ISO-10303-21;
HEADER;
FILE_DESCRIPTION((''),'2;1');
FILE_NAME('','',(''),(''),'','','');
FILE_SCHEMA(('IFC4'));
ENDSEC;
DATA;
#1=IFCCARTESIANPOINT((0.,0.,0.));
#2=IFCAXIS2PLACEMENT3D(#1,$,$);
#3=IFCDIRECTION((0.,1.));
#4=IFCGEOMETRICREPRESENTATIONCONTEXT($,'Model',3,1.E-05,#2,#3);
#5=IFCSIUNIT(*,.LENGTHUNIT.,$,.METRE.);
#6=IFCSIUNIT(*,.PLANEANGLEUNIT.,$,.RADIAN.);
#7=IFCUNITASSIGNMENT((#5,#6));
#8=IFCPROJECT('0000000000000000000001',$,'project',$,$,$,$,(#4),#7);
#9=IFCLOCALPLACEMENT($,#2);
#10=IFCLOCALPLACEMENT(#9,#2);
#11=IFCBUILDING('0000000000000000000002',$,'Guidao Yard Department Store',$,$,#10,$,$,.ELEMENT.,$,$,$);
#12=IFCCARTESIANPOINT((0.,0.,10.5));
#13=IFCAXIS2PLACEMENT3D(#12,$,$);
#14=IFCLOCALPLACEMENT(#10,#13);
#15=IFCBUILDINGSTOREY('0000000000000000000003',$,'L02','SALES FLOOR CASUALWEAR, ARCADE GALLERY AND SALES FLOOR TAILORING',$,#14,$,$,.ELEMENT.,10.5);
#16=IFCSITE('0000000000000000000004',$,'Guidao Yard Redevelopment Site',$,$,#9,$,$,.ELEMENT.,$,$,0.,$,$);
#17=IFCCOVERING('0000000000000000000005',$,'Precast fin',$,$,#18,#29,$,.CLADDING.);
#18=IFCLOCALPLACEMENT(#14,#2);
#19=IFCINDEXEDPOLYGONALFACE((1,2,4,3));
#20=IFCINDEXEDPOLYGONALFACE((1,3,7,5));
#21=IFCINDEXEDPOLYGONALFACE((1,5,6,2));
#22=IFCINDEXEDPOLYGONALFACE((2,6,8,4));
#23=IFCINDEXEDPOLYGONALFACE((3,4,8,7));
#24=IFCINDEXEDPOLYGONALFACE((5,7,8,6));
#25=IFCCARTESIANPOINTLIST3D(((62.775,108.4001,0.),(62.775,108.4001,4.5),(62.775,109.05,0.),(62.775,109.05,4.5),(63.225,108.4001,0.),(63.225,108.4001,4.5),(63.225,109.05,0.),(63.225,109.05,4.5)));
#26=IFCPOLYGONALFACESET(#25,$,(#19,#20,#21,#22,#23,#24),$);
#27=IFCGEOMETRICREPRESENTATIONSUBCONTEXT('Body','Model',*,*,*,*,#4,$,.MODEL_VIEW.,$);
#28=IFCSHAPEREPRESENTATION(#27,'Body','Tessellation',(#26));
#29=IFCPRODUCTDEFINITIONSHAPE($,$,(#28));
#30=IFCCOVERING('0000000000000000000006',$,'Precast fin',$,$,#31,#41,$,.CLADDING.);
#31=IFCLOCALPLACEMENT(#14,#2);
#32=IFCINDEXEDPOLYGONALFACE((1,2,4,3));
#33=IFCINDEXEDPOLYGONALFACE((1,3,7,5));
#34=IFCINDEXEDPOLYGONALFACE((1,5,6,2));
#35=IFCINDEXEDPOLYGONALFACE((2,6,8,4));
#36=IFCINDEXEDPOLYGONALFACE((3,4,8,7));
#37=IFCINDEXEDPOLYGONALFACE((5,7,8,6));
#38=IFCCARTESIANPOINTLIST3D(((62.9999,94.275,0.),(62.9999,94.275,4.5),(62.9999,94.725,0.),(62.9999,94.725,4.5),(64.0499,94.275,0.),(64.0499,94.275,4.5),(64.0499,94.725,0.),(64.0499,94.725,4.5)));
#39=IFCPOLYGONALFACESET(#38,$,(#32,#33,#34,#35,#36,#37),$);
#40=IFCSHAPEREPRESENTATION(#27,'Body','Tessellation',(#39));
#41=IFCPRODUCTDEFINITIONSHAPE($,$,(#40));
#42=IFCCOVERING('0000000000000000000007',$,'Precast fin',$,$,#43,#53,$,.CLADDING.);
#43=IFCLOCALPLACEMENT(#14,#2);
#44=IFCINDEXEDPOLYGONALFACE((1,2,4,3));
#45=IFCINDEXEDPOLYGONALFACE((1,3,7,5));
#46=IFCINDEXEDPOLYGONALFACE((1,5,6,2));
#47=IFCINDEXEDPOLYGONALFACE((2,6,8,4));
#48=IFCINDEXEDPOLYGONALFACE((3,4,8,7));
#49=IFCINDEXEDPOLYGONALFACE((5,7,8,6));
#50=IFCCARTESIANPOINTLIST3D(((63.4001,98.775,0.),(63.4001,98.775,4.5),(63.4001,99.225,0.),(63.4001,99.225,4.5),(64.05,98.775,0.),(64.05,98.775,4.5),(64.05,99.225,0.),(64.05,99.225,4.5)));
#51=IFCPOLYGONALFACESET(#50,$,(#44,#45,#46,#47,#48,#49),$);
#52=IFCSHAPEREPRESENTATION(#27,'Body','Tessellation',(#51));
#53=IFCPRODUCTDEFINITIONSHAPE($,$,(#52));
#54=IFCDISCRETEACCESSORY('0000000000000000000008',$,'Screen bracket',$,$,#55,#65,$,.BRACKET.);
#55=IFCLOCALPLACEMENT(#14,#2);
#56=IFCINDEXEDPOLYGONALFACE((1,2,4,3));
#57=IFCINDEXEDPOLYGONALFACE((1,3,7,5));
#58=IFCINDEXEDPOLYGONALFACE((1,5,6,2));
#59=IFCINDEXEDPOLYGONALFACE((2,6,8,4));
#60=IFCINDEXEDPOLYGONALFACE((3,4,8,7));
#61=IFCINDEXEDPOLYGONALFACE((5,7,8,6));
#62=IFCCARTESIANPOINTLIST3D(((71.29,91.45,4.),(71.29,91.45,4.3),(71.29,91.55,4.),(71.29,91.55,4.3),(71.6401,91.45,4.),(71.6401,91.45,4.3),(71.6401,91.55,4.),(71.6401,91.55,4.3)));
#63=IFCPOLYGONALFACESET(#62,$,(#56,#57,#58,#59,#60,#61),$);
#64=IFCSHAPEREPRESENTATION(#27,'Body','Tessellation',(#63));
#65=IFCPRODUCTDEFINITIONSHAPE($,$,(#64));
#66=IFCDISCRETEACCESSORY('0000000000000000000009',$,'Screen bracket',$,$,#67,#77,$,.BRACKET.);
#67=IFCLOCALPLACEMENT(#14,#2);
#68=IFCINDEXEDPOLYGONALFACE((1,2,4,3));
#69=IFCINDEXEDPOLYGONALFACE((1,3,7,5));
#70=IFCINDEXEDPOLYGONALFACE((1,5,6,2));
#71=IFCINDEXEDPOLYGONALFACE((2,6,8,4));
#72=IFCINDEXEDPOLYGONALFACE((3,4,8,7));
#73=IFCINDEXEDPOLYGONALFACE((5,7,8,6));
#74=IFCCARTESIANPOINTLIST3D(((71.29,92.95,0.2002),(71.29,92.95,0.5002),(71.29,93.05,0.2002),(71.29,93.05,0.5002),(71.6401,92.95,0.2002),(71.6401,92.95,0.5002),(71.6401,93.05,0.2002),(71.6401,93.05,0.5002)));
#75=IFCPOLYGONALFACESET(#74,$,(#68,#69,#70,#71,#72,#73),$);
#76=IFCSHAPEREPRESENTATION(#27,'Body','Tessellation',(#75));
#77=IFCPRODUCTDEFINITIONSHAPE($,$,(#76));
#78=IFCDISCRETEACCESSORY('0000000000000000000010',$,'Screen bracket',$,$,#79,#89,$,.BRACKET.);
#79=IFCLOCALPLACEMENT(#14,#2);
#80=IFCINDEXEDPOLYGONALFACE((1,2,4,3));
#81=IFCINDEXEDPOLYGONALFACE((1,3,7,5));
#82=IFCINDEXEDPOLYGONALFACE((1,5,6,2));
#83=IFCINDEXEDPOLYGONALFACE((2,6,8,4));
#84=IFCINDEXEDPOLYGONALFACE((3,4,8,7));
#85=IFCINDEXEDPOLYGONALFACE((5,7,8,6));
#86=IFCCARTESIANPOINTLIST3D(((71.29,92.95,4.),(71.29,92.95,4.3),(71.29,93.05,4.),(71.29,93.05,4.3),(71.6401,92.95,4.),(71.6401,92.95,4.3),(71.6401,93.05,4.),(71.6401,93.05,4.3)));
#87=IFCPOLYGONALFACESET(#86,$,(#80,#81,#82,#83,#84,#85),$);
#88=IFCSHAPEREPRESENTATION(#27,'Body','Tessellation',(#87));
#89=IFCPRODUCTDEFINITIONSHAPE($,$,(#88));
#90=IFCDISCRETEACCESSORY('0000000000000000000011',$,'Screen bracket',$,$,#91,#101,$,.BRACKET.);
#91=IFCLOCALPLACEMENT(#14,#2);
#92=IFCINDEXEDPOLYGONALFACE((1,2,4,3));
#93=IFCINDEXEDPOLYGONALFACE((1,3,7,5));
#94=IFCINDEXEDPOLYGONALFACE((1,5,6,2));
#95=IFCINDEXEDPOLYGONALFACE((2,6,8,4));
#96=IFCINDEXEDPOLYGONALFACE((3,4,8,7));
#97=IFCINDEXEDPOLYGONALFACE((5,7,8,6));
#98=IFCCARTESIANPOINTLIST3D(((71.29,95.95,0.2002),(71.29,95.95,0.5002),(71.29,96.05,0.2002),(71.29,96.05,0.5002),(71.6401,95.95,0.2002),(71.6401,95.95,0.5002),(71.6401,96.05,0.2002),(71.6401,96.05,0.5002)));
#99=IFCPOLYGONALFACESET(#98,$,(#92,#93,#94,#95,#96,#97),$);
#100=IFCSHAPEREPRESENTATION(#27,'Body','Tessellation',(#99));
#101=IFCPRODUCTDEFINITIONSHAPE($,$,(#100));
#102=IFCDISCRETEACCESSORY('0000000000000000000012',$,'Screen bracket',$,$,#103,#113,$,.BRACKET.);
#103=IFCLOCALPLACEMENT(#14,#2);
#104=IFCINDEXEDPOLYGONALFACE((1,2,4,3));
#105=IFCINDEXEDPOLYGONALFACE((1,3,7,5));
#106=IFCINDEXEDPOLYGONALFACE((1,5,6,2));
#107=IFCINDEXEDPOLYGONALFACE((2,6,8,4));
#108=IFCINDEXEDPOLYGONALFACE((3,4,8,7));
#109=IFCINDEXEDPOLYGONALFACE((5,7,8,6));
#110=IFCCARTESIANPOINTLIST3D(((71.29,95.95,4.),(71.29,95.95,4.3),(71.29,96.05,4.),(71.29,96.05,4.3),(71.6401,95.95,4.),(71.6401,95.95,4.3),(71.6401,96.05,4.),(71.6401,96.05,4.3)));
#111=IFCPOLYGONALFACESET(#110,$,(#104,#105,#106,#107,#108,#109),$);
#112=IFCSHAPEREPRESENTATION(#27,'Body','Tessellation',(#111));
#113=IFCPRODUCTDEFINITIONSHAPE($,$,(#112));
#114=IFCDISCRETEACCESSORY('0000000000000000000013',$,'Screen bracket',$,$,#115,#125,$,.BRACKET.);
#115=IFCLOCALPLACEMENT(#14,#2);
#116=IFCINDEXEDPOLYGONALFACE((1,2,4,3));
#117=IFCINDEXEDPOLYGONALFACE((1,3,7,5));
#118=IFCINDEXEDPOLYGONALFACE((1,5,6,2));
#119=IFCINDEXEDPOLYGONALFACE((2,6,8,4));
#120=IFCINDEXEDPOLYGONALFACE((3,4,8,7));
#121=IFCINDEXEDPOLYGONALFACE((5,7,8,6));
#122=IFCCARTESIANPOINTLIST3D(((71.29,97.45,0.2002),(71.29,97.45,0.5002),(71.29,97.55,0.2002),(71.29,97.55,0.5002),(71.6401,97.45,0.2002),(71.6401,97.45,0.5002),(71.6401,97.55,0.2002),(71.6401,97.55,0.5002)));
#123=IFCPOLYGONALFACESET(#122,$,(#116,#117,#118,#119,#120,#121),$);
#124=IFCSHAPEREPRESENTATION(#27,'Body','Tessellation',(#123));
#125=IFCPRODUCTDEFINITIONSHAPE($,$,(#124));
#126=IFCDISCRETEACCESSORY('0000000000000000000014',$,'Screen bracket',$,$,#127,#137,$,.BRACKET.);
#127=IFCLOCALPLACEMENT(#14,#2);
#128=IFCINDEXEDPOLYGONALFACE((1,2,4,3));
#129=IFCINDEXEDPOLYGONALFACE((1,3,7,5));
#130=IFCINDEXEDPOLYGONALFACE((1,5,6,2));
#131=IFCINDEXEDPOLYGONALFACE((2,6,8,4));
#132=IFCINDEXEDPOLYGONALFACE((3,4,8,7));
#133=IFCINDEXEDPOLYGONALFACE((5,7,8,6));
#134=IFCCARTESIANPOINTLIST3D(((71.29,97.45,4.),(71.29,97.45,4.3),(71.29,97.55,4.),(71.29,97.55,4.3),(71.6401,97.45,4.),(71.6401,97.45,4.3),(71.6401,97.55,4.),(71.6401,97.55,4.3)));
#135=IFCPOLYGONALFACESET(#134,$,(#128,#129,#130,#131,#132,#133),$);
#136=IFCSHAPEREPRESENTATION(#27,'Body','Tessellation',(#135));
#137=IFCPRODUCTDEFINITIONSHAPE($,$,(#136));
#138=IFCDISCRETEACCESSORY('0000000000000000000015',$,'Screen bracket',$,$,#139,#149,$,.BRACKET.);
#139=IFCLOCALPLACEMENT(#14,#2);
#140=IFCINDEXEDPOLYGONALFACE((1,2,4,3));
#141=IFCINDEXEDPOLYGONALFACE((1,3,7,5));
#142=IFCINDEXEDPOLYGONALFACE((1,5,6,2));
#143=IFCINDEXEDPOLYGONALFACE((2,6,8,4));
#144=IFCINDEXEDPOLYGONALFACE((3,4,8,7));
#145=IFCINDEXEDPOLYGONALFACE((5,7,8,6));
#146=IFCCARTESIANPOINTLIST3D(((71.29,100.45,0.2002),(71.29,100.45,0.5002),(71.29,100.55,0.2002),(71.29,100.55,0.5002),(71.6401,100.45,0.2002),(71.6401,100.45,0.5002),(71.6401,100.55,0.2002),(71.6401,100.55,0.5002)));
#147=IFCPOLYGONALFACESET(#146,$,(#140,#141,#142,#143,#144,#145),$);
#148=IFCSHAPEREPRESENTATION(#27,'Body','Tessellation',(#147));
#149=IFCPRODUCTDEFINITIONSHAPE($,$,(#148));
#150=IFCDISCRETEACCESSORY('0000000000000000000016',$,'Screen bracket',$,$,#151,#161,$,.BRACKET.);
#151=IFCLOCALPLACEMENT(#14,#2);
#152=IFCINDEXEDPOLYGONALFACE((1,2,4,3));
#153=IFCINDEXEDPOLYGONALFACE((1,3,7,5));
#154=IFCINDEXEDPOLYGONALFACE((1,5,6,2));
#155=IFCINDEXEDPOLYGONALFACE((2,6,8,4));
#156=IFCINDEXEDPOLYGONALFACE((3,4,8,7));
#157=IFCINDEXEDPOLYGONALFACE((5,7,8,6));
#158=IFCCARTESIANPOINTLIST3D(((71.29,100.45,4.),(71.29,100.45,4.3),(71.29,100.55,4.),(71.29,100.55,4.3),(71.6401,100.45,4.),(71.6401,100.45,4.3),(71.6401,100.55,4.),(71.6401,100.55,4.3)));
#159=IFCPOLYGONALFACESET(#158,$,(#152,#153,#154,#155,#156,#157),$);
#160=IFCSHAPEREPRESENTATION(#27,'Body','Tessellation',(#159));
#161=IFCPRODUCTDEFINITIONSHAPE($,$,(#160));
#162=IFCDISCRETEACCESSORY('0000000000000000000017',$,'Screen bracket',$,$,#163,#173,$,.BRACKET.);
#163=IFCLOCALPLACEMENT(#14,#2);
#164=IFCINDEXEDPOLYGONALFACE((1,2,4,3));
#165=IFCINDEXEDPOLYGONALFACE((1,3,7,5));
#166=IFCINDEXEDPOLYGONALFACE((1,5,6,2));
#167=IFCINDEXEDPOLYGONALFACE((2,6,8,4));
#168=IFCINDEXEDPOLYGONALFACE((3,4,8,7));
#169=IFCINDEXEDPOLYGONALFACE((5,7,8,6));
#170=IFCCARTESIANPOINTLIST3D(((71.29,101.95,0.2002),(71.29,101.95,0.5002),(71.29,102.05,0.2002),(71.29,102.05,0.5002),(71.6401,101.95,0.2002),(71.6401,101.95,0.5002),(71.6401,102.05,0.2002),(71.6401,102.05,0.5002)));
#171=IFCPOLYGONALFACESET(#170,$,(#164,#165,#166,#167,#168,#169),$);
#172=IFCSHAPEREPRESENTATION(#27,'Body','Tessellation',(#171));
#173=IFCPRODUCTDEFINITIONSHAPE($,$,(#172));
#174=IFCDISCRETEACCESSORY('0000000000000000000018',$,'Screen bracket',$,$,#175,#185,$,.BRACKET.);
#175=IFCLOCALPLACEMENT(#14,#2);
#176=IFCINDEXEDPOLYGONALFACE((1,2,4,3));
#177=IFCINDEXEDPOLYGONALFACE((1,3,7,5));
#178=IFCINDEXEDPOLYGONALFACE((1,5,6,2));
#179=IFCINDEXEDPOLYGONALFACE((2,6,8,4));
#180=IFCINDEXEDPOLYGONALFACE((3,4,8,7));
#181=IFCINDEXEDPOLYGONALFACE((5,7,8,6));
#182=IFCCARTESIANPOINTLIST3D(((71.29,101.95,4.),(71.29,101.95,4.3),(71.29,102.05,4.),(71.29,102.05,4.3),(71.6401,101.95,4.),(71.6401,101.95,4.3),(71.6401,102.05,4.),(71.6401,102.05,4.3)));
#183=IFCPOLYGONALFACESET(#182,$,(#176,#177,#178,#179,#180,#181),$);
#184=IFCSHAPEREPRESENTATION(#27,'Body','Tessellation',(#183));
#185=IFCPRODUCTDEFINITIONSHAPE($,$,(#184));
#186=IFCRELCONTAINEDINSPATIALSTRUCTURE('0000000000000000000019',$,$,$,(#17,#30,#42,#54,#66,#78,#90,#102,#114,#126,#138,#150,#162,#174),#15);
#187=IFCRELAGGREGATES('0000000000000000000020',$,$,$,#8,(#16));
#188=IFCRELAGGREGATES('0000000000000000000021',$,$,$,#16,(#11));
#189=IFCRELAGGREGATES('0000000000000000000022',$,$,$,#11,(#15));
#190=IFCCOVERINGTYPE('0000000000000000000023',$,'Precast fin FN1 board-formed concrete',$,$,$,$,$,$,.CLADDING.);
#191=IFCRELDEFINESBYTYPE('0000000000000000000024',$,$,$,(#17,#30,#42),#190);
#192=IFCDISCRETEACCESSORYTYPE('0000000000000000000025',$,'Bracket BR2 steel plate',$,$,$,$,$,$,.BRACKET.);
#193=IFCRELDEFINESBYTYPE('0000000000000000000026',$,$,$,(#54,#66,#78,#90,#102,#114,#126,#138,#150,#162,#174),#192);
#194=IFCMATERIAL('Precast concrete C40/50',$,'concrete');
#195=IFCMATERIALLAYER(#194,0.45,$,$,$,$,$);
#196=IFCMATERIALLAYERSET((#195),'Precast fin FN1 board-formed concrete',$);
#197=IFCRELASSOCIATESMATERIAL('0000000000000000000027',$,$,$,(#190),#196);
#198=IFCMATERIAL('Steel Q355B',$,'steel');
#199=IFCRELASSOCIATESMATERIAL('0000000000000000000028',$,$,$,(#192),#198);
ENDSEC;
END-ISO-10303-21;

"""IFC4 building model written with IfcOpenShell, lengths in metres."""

from ifc_helpers import new_model, si_unit, direction, frame, origin, origin_2d, place, context, subcontext, project, spatial, rectangle, extrude, material, layer, layer_set, type_object, element, save


model = new_model("IFC4")

# Units and contexts
model_context = context("Model", 3, precision=1e-05, world=origin(), true_north=direction((0.0, 1.0)))
body_context = subcontext(model_context, "Body", "Model", "MODEL_VIEW")
ifc_project = project(units=[si_unit("LENGTHUNIT", "METRE"), si_unit("PLANEANGLEUNIT", "RADIAN")], contexts=[model_context])

# Site, building, storey
site_placement = place(None, origin())
site = spatial("IfcSite", under=ifc_project, at=site_placement, Name="Guidao Yard Redevelopment Site", CompositionType="ELEMENT", RefElevation=0.0)
building_placement = place(site_placement, origin())
building = spatial("IfcBuilding", under=site, at=building_placement, Name="Guidao Yard Department Store", CompositionType="ELEMENT")
storey_placement = place(building_placement, frame((0.0, 0.0, 10.5)))
storey = spatial("IfcBuildingStorey", under=building, at=storey_placement, Name="L02", Description="SALES FLOOR CASUALWEAR, ARCADE GALLERY AND SALES FLOOR TAILORING", CompositionType="ELEMENT", Elevation=10.5)

# Coverings
ifc_material_1 = material(Name="Precast concrete C40/50", Category="concrete")
ifc_layer_1 = layer(ifc_material_1, 0.45)
ifc_layer_set_1 = layer_set([ifc_layer_1], Name="Precast fin FN1 board-formed concrete")
covering_type_1 = type_object("IfcCoveringType", Name="Precast fin FN1 board-formed concrete", PredefinedType="CLADDING", material=ifc_layer_set_1)
covering_1_placement = place(storey_placement, frame((63.0, 108.7251, 0.0), z_axis=(0.0, 0.0, 1.0), x_axis=(1.0, 0.0, 0.0)))
element("IfcCovering", 1, at=covering_1_placement, inside=storey, type_object=covering_type_1, Name="Precast fin", PredefinedType="CLADDING", context=body_context, shape_type="SweptSolid", body=[
    extrude(rectangle(XDim=0.45, YDim=0.6499, at=origin_2d()), origin(), (0.0, 0.0, 1.0), 4.5),
])
covering_2_placement = place(storey_placement, frame((63.5249, 94.5, 0.0), z_axis=(0.0, 0.0, 1.0), x_axis=(0.0, -1.0, 0.0)))
element("IfcCovering", 2, at=covering_2_placement, inside=storey, type_object=covering_type_1, Name="Precast fin", PredefinedType="CLADDING", context=body_context, shape_type="SweptSolid", body=[
    extrude(rectangle(XDim=0.45, YDim=1.05, at=origin_2d()), origin(), (0.0, 0.0, 1.0), 4.5),
])
covering_3_placement = place(storey_placement, frame((63.7251, 99.0, 0.0), z_axis=(0.0, 0.0, 1.0), x_axis=(0.0, -1.0, 0.0)))
element("IfcCovering", 3, at=covering_3_placement, inside=storey, type_object=covering_type_1, Name="Precast fin", PredefinedType="CLADDING", context=body_context, shape_type="SweptSolid", body=[
    extrude(rectangle(XDim=0.45, YDim=0.6499, at=origin_2d()), origin(), (0.0, 0.0, 1.0), 4.5),
])

# Discrete accessories
ifc_material_2 = material(Name="Steel Q355B", Category="steel")
discrete_accessory_type = type_object("IfcDiscreteAccessoryType", Name="Bracket BR2 steel plate", PredefinedType="BRACKET", material=ifc_material_2)
for number, where, z_axis, x_axis, name in (
    (4, (71.4651, 91.5, 4.0), (0.0, 0.0, 1.0), (0.0, 1.0, 0.0), "Screen bracket"),
    (5, (71.4651, 93.0, 0.2002), (0.0, 0.0, 1.0), (0.0, 1.0, 0.0), "Screen bracket"),
    (6, (71.4651, 93.0, 4.0), (0.0, 0.0, 1.0), (0.0, 1.0, 0.0), "Screen bracket"),
    (7, (71.4651, 96.0, 0.2002), (0.0, 0.0, 1.0), (0.0, 1.0, 0.0), "Screen bracket"),
    (8, (71.4651, 96.0, 4.0), (0.0, 0.0, 1.0), (0.0, 1.0, 0.0), "Screen bracket"),
    (9, (71.4651, 97.5, 0.2002), (0.0, 0.0, 1.0), (0.0, 1.0, 0.0), "Screen bracket"),
    (10, (71.4651, 97.5, 4.0), (0.0, 0.0, 1.0), (0.0, 1.0, 0.0), "Screen bracket"),
    (11, (71.4651, 100.5, 0.2002), (0.0, 0.0, 1.0), (0.0, 1.0, 0.0), "Screen bracket"),
    (12, (71.4651, 100.5, 4.0), (0.0, 0.0, 1.0), (0.0, 1.0, 0.0), "Screen bracket"),
    (13, (71.4651, 102.0, 0.2002), (0.0, 0.0, 1.0), (0.0, 1.0, 0.0), "Screen bracket"),
    (14, (71.4651, 102.0, 4.0), (0.0, 0.0, 1.0), (0.0, 1.0, 0.0), "Screen bracket"),
):
    element("IfcDiscreteAccessory", number, at=place(storey_placement, frame(where, z_axis=z_axis, x_axis=x_axis)), inside=storey, type_object=discrete_accessory_type, Name=name, PredefinedType="BRACKET", context=body_context, shape_type="SweptSolid", body=[
        extrude(rectangle(XDim=0.1001, YDim=0.3501, at=origin_2d()), origin(), (0.0, 0.0, 1.0), 0.3),
    ])

save(model, "model.ifc")
